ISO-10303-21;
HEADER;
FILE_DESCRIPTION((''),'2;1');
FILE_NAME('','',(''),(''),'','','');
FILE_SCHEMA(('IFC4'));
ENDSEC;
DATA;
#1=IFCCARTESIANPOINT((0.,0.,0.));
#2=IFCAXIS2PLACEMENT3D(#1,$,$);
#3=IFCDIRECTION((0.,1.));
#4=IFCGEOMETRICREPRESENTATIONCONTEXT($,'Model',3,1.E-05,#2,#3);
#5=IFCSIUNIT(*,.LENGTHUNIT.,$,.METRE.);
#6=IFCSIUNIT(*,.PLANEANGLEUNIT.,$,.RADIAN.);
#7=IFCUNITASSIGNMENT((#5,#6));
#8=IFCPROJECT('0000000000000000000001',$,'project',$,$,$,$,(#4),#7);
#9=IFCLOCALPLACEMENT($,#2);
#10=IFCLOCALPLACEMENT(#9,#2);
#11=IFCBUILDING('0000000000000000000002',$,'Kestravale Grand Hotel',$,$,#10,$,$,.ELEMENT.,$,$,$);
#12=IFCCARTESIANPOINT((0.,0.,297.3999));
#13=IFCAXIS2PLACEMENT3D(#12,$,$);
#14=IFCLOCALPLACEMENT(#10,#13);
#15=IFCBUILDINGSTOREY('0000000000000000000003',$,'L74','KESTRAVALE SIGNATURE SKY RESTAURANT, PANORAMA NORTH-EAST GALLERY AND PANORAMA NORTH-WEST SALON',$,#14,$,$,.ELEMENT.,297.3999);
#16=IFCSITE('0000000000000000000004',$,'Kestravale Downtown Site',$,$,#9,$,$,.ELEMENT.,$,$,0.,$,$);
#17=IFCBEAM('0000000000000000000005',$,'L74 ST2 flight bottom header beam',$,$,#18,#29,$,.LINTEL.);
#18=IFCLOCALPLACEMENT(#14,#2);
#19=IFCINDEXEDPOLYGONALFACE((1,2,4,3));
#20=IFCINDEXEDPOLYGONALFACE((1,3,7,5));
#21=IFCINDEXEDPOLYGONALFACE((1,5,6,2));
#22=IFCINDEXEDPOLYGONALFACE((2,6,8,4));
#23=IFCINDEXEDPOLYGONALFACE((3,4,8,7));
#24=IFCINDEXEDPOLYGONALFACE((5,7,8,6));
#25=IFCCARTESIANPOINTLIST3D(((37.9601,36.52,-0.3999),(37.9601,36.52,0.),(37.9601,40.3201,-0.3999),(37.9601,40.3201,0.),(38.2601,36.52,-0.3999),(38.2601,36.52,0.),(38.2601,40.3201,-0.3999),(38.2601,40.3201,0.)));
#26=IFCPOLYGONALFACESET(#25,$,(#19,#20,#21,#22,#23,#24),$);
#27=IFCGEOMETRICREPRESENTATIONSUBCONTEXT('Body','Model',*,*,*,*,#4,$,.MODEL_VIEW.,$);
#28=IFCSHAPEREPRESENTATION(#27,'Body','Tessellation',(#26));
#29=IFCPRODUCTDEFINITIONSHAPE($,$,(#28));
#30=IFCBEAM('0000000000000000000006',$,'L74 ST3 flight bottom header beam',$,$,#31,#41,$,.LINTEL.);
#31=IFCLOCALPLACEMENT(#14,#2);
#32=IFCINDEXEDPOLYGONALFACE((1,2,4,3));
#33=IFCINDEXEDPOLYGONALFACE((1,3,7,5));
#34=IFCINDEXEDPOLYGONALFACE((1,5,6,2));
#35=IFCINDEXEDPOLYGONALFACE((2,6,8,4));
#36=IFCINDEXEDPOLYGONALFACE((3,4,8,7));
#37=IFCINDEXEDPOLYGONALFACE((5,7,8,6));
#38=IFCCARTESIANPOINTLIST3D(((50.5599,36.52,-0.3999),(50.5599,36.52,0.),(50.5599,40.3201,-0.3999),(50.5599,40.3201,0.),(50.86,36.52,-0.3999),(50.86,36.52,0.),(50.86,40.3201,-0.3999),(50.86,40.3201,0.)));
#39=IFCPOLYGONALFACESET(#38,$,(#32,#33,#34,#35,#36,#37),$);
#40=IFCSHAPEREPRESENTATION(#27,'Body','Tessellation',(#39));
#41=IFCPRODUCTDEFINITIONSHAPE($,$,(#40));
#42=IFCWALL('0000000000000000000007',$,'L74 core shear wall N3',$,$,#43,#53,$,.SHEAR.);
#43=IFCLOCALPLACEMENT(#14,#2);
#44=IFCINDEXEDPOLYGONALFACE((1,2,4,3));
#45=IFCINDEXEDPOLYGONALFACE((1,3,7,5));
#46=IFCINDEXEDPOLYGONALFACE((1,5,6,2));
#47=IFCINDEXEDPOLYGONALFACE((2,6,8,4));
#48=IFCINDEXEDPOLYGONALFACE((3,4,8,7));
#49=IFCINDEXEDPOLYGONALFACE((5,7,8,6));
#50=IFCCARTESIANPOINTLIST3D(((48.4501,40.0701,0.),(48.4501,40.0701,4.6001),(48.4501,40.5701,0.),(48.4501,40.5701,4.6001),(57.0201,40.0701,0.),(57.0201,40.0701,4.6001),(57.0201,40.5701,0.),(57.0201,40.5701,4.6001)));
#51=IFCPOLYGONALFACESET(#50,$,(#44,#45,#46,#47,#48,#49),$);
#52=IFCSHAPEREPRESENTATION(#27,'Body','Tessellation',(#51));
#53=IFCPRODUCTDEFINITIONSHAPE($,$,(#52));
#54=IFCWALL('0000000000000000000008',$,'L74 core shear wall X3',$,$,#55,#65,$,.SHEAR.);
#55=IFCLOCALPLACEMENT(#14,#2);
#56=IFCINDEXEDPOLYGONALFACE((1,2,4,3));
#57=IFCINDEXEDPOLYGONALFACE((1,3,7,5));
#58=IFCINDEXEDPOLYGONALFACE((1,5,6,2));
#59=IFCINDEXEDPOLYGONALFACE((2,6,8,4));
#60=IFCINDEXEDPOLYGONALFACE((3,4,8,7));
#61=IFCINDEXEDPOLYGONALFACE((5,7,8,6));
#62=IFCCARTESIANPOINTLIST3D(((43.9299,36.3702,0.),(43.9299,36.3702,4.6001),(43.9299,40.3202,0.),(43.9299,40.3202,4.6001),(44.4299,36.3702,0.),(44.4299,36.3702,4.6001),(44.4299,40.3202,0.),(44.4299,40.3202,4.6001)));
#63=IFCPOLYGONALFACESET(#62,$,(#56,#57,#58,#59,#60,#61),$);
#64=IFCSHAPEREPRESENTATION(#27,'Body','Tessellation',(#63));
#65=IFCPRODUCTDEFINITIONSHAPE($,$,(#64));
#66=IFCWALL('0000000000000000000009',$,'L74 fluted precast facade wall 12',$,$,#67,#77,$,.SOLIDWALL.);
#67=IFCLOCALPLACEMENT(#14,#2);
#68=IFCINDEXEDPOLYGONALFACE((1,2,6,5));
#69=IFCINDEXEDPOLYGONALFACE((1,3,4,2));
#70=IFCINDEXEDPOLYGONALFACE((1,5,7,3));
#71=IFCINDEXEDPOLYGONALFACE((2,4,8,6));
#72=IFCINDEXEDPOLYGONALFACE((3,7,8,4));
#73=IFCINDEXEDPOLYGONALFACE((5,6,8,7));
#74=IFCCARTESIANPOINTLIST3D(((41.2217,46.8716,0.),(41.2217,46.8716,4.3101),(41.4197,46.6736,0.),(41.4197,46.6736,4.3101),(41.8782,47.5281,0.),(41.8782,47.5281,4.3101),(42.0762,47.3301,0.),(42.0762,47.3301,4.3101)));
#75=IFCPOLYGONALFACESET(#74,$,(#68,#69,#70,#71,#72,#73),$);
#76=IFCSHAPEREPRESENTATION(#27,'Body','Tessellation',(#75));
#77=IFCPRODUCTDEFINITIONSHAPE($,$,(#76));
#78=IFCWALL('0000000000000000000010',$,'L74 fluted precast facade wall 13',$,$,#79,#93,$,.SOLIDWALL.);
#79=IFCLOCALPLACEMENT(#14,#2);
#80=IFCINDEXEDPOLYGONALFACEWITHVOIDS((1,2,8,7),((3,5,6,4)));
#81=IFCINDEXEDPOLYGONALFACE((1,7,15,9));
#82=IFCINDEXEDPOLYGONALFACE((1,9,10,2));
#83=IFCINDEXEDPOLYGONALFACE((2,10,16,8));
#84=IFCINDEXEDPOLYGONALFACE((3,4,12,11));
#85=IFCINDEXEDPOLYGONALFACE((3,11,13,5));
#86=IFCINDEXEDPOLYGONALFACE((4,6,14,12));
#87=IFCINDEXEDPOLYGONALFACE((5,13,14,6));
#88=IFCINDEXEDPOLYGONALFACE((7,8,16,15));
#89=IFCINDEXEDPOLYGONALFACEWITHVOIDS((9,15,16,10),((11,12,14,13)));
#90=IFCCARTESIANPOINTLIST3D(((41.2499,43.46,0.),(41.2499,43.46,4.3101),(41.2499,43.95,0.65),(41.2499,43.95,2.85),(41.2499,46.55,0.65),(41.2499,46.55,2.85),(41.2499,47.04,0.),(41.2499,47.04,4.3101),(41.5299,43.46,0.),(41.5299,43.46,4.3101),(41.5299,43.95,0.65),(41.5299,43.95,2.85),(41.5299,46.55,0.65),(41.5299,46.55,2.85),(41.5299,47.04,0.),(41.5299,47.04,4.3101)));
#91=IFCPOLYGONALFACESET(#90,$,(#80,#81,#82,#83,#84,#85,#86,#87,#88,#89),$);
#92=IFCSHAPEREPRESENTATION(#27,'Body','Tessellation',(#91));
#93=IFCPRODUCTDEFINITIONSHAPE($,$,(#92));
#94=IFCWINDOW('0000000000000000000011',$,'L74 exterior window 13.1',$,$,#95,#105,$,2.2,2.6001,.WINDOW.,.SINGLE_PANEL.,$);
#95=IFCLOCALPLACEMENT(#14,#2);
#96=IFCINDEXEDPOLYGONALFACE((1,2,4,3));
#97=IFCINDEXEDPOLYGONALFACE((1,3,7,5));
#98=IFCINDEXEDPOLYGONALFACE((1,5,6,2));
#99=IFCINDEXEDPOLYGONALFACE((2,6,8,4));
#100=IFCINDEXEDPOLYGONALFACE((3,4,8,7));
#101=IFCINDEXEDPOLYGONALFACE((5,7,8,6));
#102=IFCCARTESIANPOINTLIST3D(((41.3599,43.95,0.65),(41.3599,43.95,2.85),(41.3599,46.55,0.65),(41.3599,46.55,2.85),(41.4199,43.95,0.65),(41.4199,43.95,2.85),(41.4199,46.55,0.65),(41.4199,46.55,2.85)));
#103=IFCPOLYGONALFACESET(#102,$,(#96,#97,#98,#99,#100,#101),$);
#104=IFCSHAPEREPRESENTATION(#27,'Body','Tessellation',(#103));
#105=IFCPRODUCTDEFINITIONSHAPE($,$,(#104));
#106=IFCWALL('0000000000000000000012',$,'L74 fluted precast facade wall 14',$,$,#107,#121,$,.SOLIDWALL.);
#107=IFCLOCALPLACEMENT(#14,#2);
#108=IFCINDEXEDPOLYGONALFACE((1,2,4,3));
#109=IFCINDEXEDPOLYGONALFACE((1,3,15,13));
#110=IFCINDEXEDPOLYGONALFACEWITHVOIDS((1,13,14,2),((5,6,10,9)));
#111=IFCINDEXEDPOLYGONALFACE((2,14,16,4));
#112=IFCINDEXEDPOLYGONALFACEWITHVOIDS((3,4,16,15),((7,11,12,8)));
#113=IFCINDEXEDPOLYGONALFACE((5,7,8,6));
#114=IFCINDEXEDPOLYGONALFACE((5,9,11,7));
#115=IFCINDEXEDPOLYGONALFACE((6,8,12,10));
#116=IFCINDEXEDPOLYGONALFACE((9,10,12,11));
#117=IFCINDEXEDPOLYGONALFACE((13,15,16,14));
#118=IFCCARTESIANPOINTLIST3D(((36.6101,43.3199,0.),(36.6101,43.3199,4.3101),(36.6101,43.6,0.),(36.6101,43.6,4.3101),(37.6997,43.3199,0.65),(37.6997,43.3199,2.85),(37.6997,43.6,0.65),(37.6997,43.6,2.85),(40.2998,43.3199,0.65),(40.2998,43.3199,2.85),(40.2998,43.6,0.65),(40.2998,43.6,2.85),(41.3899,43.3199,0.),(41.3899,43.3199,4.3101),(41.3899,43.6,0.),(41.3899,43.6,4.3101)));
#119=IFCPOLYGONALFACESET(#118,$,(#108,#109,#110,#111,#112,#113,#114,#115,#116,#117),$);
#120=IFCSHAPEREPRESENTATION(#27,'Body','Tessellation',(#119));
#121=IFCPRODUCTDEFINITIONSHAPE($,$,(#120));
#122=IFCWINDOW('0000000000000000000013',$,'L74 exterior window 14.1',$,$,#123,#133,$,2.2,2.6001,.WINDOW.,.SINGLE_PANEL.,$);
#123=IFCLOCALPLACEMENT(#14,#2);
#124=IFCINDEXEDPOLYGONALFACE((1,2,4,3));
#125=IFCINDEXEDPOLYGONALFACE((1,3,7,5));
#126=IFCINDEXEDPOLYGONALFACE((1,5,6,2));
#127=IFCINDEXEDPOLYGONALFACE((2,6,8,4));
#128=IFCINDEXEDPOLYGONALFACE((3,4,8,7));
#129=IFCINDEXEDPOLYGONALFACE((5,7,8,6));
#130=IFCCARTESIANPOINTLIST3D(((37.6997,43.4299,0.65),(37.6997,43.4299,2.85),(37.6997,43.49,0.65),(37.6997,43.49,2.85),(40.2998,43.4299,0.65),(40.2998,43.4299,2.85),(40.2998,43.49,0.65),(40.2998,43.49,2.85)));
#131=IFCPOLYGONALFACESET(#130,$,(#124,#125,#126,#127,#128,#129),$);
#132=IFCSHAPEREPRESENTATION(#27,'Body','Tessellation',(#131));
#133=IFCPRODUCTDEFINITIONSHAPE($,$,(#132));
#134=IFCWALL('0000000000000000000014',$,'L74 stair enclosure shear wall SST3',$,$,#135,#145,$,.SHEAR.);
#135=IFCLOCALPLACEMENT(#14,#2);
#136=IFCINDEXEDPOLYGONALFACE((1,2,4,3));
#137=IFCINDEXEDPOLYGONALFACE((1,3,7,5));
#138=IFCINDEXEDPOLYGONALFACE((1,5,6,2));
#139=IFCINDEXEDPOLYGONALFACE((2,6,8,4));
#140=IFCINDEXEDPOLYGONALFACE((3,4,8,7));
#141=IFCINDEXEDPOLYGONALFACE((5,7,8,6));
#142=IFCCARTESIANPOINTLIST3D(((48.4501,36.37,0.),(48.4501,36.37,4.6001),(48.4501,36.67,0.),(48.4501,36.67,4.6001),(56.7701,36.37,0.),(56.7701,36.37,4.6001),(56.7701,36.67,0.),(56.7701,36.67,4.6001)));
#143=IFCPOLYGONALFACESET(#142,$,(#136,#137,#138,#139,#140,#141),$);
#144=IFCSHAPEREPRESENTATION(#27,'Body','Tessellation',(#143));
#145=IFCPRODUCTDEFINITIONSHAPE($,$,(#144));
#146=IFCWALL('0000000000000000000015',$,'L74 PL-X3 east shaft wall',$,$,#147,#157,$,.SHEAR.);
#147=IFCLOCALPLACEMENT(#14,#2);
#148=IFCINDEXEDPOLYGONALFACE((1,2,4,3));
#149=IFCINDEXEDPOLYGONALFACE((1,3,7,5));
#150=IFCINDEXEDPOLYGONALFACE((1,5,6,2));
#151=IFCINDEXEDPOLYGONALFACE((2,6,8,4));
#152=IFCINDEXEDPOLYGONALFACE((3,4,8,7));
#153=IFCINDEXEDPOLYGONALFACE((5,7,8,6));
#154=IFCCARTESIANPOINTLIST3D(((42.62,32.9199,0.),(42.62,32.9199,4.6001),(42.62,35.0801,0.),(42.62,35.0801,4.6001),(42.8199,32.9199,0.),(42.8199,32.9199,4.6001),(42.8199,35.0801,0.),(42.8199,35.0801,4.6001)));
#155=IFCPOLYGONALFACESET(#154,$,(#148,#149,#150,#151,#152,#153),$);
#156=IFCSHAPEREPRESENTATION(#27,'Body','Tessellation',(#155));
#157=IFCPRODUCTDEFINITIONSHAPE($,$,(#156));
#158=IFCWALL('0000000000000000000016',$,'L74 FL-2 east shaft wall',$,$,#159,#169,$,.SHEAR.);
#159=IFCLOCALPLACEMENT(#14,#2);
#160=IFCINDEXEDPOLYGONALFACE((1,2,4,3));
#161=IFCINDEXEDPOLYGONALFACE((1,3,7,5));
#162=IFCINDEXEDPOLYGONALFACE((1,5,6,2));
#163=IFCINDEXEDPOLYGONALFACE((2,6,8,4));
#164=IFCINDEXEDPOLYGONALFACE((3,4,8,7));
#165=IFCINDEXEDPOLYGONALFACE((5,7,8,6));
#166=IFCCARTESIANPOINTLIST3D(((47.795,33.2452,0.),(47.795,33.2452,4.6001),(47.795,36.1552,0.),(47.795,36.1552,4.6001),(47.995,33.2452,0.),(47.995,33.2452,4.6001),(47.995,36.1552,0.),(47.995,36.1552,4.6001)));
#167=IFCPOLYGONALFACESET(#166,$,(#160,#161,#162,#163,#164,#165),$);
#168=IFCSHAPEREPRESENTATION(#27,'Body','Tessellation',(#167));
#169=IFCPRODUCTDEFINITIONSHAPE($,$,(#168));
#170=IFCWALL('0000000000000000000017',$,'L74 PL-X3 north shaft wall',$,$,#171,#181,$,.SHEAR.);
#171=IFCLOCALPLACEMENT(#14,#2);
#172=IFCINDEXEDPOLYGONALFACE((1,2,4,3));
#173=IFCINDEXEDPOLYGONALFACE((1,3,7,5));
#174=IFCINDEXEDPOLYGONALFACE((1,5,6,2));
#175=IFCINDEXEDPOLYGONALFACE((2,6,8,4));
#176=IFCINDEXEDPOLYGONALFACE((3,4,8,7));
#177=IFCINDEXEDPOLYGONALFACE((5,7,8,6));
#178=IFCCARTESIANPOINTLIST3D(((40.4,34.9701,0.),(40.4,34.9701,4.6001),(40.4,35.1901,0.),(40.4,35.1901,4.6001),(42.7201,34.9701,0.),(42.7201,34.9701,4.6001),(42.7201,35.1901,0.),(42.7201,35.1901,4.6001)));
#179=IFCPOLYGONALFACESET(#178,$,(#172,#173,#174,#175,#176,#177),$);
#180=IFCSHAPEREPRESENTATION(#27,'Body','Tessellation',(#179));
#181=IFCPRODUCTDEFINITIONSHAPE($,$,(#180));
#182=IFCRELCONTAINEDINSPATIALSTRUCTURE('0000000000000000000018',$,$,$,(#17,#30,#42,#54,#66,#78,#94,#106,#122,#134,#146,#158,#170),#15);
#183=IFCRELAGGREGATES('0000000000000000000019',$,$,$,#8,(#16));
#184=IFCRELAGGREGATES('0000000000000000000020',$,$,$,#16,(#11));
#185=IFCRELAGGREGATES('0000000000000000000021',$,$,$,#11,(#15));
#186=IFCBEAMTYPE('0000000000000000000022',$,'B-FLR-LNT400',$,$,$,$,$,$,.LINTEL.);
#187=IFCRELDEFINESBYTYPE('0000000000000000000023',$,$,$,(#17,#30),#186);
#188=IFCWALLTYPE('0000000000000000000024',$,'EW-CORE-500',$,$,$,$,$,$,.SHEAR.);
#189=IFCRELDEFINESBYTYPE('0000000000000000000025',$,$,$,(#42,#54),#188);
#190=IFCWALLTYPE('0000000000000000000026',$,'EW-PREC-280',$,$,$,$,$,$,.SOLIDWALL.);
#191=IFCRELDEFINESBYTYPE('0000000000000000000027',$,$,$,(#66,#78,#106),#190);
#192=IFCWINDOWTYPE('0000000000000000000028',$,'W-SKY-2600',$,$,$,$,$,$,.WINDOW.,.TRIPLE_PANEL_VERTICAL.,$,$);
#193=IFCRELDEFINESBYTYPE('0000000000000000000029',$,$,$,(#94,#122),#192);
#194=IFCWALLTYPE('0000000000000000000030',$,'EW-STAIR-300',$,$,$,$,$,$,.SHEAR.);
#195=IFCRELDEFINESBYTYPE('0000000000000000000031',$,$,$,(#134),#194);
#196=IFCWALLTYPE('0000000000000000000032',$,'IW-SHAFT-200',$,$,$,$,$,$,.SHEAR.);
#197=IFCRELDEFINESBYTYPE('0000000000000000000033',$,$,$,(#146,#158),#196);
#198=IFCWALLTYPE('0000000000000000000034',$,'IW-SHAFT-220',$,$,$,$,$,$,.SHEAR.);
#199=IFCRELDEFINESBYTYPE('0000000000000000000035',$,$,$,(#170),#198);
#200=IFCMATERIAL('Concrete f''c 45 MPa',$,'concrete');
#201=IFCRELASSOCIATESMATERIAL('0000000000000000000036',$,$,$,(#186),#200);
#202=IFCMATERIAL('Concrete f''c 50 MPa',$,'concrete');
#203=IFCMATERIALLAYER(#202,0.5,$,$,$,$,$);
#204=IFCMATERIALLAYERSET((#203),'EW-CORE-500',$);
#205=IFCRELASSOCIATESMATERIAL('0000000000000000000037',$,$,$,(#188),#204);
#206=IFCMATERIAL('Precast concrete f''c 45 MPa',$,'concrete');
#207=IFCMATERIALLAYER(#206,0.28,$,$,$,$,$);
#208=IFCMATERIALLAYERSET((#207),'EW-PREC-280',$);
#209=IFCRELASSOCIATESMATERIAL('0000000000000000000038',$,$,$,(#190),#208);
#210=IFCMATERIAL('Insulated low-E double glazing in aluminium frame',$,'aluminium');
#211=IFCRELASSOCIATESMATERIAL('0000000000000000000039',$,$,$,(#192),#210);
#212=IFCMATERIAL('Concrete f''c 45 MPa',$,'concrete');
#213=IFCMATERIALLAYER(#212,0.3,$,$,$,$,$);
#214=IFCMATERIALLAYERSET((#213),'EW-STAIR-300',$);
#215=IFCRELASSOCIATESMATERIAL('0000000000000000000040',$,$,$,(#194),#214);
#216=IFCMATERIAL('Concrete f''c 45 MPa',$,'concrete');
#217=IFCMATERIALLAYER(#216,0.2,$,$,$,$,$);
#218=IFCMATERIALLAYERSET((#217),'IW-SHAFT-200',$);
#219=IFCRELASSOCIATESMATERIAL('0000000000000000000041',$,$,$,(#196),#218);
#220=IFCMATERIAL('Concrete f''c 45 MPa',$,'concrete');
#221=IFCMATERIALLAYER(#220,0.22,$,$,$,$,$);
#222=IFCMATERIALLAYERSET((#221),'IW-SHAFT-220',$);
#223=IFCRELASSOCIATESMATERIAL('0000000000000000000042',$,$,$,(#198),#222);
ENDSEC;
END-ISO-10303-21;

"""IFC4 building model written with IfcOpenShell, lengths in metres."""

from ifc_helpers import new_model, si_unit, direction, frame, frame_2d, origin, origin_2d, place, context, subcontext, project, spatial, rectangle, extrude, material, layer, layer_set, material_profile, profile_set, type_object, element, fill, save


model = new_model("IFC4")

# Units and contexts
model_context = context("Model", 3, precision=1e-05, world=origin(), true_north=direction((0.0, 1.0)))
body_context = subcontext(model_context, "Body", "Model", "MODEL_VIEW")
ifc_project = project(units=[si_unit("LENGTHUNIT", "METRE"), si_unit("PLANEANGLEUNIT", "RADIAN")], contexts=[model_context])

# Site, building, storey
site_placement = place(None, origin())
site = spatial("IfcSite", under=ifc_project, at=site_placement, Name="Kestravale Downtown Site", CompositionType="ELEMENT", RefElevation=0.0)
building_placement = place(site_placement, origin())
building = spatial("IfcBuilding", under=site, at=building_placement, Name="Kestravale Grand Hotel", CompositionType="ELEMENT")
storey_placement = place(building_placement, frame((0.0, 0.0, 297.3999)))
storey = spatial("IfcBuildingStorey", under=building, at=storey_placement, Name="L74", Description="KESTRAVALE SIGNATURE SKY RESTAURANT, PANORAMA NORTH-EAST GALLERY AND PANORAMA NORTH-WEST SALON", CompositionType="ELEMENT", Elevation=297.3999)

# Beams
ifc_material_1 = material(Name="Concrete f'c 45 MPa", Category="concrete")
ifc_material_profile = material_profile(ifc_material_1, rectangle(XDim=0.3, YDim=0.3999, at=origin_2d()))
ifc_profile_set = profile_set([ifc_material_profile], Name="Concrete f'c 45 MPa")
beam_type = type_object("IfcBeamType", Name="B-FLR-LNT400", PredefinedType="LINTEL", material=ifc_profile_set)
for number, where, z_axis, x_axis, name in (
    (1, (38.1101, 36.52, -0.2), (0.0, 1.0, 0.0), (-1.0, 0.0, 0.0), "L74 ST2 flight bottom header beam"),
    (2, (50.71, 36.52, -0.2), (0.0, 1.0, 0.0), (-1.0, 0.0, 0.0), "L74 ST3 flight bottom header beam"),
):
    element("IfcBeam", number, at=place(storey_placement, frame(where, z_axis=z_axis, x_axis=x_axis)), inside=storey, type_object=beam_type, Name=name, PredefinedType="LINTEL", context=body_context, shape_type="SweptSolid", body=[
        extrude(rectangle(XDim=0.3, YDim=0.3999, at=origin_2d()), origin(), (0.0, 0.0, 1.0), 3.8),
    ])

# Walls
ifc_material_2 = material(Name="Concrete f'c 50 MPa", Category="concrete")
ifc_layer_1 = layer(ifc_material_2, 0.5)
ifc_layer_set_1 = layer_set([ifc_layer_1], Name="EW-CORE-500")
wall_type_1 = type_object("IfcWallType", Name="EW-CORE-500", PredefinedType="SHEAR", material=ifc_layer_set_1)
wall_1_placement = place(storey_placement, frame((48.45, 40.3201, 0.0), z_axis=(0.0, 0.0, 1.0), x_axis=(1.0, 0.0, 0.0)))
element("IfcWall", 3, at=wall_1_placement, inside=storey, type_object=wall_type_1, Name="L74 core shear wall N3", PredefinedType="SHEAR", context=body_context, shape_type="SweptSolid", body=[
    extrude(rectangle(XDim=8.5701, YDim=0.5, at=frame_2d((4.2852, 0.0))), origin(), (0.0, 0.0, 1.0), 4.6001),
])
wall_2_placement = place(storey_placement, frame((44.1799, 36.3701, 0.0), z_axis=(0.0, 0.0, 1.0), x_axis=(0.0, 1.0, 0.0)))
element("IfcWall", 4, at=wall_2_placement, inside=storey, type_object=wall_type_1, Name="L74 core shear wall X3", PredefinedType="SHEAR", context=body_context, shape_type="SweptSolid", body=[
    extrude(rectangle(XDim=3.95, YDim=0.5, at=frame_2d((1.9751, 0.0))), origin(), (0.0, 0.0, 1.0), 4.6001),
])
ifc_material_3 = material(Name="Precast concrete f'c 45 MPa", Category="concrete")
ifc_layer_2 = layer(ifc_material_3, 0.28)
ifc_layer_set_2 = layer_set([ifc_layer_2], Name="EW-PREC-280")
wall_type_2 = type_object("IfcWallType", Name="EW-PREC-280", PredefinedType="SOLIDWALL", material=ifc_layer_set_2)
wall_3_placement = place(storey_placement, frame((41.9773, 47.4292, 0.0), z_axis=(0.0, 0.0, 1.0), x_axis=(-0.707107, -0.707107, 0.0)))
element("IfcWall", 5, at=wall_3_placement, inside=storey, type_object=wall_type_2, Name="L74 fluted precast facade wall 12", PredefinedType="SOLIDWALL", context=body_context, shape_type="SweptSolid", body=[
    extrude(rectangle(XDim=0.9285, YDim=0.28, at=frame_2d((0.4644, 0.0))), origin(), (0.0, 0.0, 1.0), 4.3101),
])

# Walls, openings, windows
wall_4_placement = place(storey_placement, frame((41.3899, 47.04, 0.0), z_axis=(0.0, 0.0, 1.0), x_axis=(0.0, -1.0, 0.0)))
wall_4 = element("IfcWall", 6, at=wall_4_placement, inside=storey, type_object=wall_type_2, Name="L74 fluted precast facade wall 13", PredefinedType="SOLIDWALL", context=body_context, shape_type="SweptSolid", body=[
    extrude(rectangle(XDim=3.5801, YDim=0.28, at=frame_2d((1.79, 0.0))), origin(), (0.0, 0.0, 1.0), 4.3101),
])
opening_1_placement = place(wall_4_placement, frame((0.49, 0.0, 0.6499)))
opening_1 = element("IfcOpeningElement", 7, at=opening_1_placement, cuts=wall_4, PredefinedType="OPENING", context=body_context, shape_type="SweptSolid", body=[
    extrude(rectangle(XDim=2.6001, YDim=2.2, at=frame_2d((1.3, 1.1001))), frame((0.0, 0.1499, 0.0), z_axis=(0.0, -1.0, 0.0), x_axis=(1.0, 0.0, 0.0)), (0.0, 0.0, 1.0), 0.3),
])
ifc_material_4 = material(Name="Insulated low-E double glazing in aluminium frame", Category="aluminium")
window_type = type_object("IfcWindowType", Name="W-SKY-2600", PartitioningType="TRIPLE_PANEL_VERTICAL", PredefinedType="WINDOW", material=ifc_material_4)
window_1_placement = place(opening_1_placement, origin())
window_1 = element("IfcWindow", 8, at=window_1_placement, inside=storey, type_object=window_type, Name="L74 exterior window 13.1", OverallHeight=2.2, OverallWidth=2.6001, PartitioningType="SINGLE_PANEL", PredefinedType="WINDOW", context=body_context, shape_type="SweptSolid", body=[
    extrude(rectangle(XDim=2.6001, YDim=2.2, at=frame_2d((1.3, 1.1001))), frame((0.0, 0.03, 0.0), z_axis=(0.0, -1.0, 0.0), x_axis=(1.0, 0.0, 0.0)), (0.0, 0.0, 1.0), 0.0601),
])
fill(opening_1, window_1)
wall_5_placement = place(storey_placement, frame((41.3899, 43.46, 0.0), z_axis=(0.0, 0.0, 1.0), x_axis=(-1.0, 0.0, 0.0)))
wall_5 = element("IfcWall", 9, at=wall_5_placement, inside=storey, type_object=wall_type_2, Name="L74 fluted precast facade wall 14", PredefinedType="SOLIDWALL", context=body_context, shape_type="SweptSolid", body=[
    extrude(rectangle(XDim=4.7798, YDim=0.28, at=frame_2d((2.3899, 0.0))), origin(), (0.0, 0.0, 1.0), 4.3101),
])
opening_2_placement = place(wall_5_placement, frame((1.0901, 0.0, 0.6499)))
opening_2 = element("IfcOpeningElement", 10, at=opening_2_placement, cuts=wall_5, PredefinedType="OPENING", context=body_context, shape_type="SweptSolid", body=[
    extrude(rectangle(XDim=2.6001, YDim=2.2, at=frame_2d((1.3, 1.1001))), frame((0.0, 0.1499, 0.0), z_axis=(0.0, -1.0, 0.0), x_axis=(1.0, 0.0, 0.0)), (0.0, 0.0, 1.0), 0.3),
])
window_2_placement = place(opening_2_placement, origin())
window_2 = element("IfcWindow", 11, at=window_2_placement, inside=storey, type_object=window_type, Name="L74 exterior window 14.1", OverallHeight=2.2, OverallWidth=2.6001, PartitioningType="SINGLE_PANEL", PredefinedType="WINDOW", context=body_context, shape_type="SweptSolid", body=[
    extrude(rectangle(XDim=2.6001, YDim=2.2, at=frame_2d((1.3, 1.1001))), frame((0.0, 0.03, 0.0), z_axis=(0.0, -1.0, 0.0), x_axis=(1.0, 0.0, 0.0)), (0.0, 0.0, 1.0), 0.0601),
])
fill(opening_2, window_2)

# Wall
ifc_material_5 = material(Name="Concrete f'c 45 MPa", Category="concrete")
ifc_layer_3 = layer(ifc_material_5, 0.3)
ifc_layer_set_3 = layer_set([ifc_layer_3], Name="EW-STAIR-300")
wall_type_3 = type_object("IfcWallType", Name="EW-STAIR-300", PredefinedType="SHEAR", material=ifc_layer_set_3)
wall_6_placement = place(storey_placement, frame((48.45, 36.52, 0.0), z_axis=(0.0, 0.0, 1.0), x_axis=(1.0, 0.0, 0.0)))
element("IfcWall", 12, at=wall_6_placement, inside=storey, type_object=wall_type_3, Name="L74 stair enclosure shear wall SST3", PredefinedType="SHEAR", context=body_context, shape_type="SweptSolid", body=[
    extrude(rectangle(XDim=8.3201, YDim=0.3, at=frame_2d((4.1602, 0.0))), origin(), (0.0, 0.0, 1.0), 4.6001),
])

# Walls
ifc_material_6 = material(Name="Concrete f'c 45 MPa", Category="concrete")
ifc_layer_4 = layer(ifc_material_6, 0.2)
ifc_layer_set_4 = layer_set([ifc_layer_4], Name="IW-SHAFT-200")
wall_type_4 = type_object("IfcWallType", Name="IW-SHAFT-200", PredefinedType="SHEAR", material=ifc_layer_set_4)
wall_7_placement = place(storey_placement, frame((42.72, 32.9199, 0.0), z_axis=(0.0, 0.0, 1.0), x_axis=(0.0, 1.0, 0.0)))
element("IfcWall", 13, at=wall_7_placement, inside=storey, type_object=wall_type_4, Name="L74 PL-X3 east shaft wall", PredefinedType="SHEAR", context=body_context, shape_type="SweptSolid", body=[
    extrude(rectangle(XDim=2.1602, YDim=0.2, at=frame_2d((1.0801, 0.0))), origin(), (0.0, 0.0, 1.0), 4.6001),
])
wall_8_placement = place(storey_placement, frame((47.895, 33.2451, 0.0), z_axis=(0.0, 0.0, 1.0), x_axis=(0.0, 1.0, 0.0)))
element("IfcWall", 14, at=wall_8_placement, inside=storey, type_object=wall_type_4, Name="L74 FL-2 east shaft wall", PredefinedType="SHEAR", context=body_context, shape_type="SweptSolid", body=[
    extrude(rectangle(XDim=2.9099, YDim=0.2, at=frame_2d((1.4551, 0.0))), origin(), (0.0, 0.0, 1.0), 4.6001),
])
ifc_material_7 = material(Name="Concrete f'c 45 MPa", Category="concrete")
ifc_layer_5 = layer(ifc_material_7, 0.22)
ifc_layer_set_5 = layer_set([ifc_layer_5], Name="IW-SHAFT-220")
wall_type_5 = type_object("IfcWallType", Name="IW-SHAFT-220", PredefinedType="SHEAR", material=ifc_layer_set_5)
wall_9_placement = place(storey_placement, frame((40.3999, 35.0801, 0.0), z_axis=(0.0, 0.0, 1.0), x_axis=(1.0, 0.0, 0.0)))
element("IfcWall", 15, at=wall_9_placement, inside=storey, type_object=wall_type_5, Name="L74 PL-X3 north shaft wall", PredefinedType="SHEAR", context=body_context, shape_type="SweptSolid", body=[
    extrude(rectangle(XDim=2.3201, YDim=0.22, at=frame_2d((1.1602, 0.0))), origin(), (0.0, 0.0, 1.0), 4.6001),
])

save(model, "model.ifc")
